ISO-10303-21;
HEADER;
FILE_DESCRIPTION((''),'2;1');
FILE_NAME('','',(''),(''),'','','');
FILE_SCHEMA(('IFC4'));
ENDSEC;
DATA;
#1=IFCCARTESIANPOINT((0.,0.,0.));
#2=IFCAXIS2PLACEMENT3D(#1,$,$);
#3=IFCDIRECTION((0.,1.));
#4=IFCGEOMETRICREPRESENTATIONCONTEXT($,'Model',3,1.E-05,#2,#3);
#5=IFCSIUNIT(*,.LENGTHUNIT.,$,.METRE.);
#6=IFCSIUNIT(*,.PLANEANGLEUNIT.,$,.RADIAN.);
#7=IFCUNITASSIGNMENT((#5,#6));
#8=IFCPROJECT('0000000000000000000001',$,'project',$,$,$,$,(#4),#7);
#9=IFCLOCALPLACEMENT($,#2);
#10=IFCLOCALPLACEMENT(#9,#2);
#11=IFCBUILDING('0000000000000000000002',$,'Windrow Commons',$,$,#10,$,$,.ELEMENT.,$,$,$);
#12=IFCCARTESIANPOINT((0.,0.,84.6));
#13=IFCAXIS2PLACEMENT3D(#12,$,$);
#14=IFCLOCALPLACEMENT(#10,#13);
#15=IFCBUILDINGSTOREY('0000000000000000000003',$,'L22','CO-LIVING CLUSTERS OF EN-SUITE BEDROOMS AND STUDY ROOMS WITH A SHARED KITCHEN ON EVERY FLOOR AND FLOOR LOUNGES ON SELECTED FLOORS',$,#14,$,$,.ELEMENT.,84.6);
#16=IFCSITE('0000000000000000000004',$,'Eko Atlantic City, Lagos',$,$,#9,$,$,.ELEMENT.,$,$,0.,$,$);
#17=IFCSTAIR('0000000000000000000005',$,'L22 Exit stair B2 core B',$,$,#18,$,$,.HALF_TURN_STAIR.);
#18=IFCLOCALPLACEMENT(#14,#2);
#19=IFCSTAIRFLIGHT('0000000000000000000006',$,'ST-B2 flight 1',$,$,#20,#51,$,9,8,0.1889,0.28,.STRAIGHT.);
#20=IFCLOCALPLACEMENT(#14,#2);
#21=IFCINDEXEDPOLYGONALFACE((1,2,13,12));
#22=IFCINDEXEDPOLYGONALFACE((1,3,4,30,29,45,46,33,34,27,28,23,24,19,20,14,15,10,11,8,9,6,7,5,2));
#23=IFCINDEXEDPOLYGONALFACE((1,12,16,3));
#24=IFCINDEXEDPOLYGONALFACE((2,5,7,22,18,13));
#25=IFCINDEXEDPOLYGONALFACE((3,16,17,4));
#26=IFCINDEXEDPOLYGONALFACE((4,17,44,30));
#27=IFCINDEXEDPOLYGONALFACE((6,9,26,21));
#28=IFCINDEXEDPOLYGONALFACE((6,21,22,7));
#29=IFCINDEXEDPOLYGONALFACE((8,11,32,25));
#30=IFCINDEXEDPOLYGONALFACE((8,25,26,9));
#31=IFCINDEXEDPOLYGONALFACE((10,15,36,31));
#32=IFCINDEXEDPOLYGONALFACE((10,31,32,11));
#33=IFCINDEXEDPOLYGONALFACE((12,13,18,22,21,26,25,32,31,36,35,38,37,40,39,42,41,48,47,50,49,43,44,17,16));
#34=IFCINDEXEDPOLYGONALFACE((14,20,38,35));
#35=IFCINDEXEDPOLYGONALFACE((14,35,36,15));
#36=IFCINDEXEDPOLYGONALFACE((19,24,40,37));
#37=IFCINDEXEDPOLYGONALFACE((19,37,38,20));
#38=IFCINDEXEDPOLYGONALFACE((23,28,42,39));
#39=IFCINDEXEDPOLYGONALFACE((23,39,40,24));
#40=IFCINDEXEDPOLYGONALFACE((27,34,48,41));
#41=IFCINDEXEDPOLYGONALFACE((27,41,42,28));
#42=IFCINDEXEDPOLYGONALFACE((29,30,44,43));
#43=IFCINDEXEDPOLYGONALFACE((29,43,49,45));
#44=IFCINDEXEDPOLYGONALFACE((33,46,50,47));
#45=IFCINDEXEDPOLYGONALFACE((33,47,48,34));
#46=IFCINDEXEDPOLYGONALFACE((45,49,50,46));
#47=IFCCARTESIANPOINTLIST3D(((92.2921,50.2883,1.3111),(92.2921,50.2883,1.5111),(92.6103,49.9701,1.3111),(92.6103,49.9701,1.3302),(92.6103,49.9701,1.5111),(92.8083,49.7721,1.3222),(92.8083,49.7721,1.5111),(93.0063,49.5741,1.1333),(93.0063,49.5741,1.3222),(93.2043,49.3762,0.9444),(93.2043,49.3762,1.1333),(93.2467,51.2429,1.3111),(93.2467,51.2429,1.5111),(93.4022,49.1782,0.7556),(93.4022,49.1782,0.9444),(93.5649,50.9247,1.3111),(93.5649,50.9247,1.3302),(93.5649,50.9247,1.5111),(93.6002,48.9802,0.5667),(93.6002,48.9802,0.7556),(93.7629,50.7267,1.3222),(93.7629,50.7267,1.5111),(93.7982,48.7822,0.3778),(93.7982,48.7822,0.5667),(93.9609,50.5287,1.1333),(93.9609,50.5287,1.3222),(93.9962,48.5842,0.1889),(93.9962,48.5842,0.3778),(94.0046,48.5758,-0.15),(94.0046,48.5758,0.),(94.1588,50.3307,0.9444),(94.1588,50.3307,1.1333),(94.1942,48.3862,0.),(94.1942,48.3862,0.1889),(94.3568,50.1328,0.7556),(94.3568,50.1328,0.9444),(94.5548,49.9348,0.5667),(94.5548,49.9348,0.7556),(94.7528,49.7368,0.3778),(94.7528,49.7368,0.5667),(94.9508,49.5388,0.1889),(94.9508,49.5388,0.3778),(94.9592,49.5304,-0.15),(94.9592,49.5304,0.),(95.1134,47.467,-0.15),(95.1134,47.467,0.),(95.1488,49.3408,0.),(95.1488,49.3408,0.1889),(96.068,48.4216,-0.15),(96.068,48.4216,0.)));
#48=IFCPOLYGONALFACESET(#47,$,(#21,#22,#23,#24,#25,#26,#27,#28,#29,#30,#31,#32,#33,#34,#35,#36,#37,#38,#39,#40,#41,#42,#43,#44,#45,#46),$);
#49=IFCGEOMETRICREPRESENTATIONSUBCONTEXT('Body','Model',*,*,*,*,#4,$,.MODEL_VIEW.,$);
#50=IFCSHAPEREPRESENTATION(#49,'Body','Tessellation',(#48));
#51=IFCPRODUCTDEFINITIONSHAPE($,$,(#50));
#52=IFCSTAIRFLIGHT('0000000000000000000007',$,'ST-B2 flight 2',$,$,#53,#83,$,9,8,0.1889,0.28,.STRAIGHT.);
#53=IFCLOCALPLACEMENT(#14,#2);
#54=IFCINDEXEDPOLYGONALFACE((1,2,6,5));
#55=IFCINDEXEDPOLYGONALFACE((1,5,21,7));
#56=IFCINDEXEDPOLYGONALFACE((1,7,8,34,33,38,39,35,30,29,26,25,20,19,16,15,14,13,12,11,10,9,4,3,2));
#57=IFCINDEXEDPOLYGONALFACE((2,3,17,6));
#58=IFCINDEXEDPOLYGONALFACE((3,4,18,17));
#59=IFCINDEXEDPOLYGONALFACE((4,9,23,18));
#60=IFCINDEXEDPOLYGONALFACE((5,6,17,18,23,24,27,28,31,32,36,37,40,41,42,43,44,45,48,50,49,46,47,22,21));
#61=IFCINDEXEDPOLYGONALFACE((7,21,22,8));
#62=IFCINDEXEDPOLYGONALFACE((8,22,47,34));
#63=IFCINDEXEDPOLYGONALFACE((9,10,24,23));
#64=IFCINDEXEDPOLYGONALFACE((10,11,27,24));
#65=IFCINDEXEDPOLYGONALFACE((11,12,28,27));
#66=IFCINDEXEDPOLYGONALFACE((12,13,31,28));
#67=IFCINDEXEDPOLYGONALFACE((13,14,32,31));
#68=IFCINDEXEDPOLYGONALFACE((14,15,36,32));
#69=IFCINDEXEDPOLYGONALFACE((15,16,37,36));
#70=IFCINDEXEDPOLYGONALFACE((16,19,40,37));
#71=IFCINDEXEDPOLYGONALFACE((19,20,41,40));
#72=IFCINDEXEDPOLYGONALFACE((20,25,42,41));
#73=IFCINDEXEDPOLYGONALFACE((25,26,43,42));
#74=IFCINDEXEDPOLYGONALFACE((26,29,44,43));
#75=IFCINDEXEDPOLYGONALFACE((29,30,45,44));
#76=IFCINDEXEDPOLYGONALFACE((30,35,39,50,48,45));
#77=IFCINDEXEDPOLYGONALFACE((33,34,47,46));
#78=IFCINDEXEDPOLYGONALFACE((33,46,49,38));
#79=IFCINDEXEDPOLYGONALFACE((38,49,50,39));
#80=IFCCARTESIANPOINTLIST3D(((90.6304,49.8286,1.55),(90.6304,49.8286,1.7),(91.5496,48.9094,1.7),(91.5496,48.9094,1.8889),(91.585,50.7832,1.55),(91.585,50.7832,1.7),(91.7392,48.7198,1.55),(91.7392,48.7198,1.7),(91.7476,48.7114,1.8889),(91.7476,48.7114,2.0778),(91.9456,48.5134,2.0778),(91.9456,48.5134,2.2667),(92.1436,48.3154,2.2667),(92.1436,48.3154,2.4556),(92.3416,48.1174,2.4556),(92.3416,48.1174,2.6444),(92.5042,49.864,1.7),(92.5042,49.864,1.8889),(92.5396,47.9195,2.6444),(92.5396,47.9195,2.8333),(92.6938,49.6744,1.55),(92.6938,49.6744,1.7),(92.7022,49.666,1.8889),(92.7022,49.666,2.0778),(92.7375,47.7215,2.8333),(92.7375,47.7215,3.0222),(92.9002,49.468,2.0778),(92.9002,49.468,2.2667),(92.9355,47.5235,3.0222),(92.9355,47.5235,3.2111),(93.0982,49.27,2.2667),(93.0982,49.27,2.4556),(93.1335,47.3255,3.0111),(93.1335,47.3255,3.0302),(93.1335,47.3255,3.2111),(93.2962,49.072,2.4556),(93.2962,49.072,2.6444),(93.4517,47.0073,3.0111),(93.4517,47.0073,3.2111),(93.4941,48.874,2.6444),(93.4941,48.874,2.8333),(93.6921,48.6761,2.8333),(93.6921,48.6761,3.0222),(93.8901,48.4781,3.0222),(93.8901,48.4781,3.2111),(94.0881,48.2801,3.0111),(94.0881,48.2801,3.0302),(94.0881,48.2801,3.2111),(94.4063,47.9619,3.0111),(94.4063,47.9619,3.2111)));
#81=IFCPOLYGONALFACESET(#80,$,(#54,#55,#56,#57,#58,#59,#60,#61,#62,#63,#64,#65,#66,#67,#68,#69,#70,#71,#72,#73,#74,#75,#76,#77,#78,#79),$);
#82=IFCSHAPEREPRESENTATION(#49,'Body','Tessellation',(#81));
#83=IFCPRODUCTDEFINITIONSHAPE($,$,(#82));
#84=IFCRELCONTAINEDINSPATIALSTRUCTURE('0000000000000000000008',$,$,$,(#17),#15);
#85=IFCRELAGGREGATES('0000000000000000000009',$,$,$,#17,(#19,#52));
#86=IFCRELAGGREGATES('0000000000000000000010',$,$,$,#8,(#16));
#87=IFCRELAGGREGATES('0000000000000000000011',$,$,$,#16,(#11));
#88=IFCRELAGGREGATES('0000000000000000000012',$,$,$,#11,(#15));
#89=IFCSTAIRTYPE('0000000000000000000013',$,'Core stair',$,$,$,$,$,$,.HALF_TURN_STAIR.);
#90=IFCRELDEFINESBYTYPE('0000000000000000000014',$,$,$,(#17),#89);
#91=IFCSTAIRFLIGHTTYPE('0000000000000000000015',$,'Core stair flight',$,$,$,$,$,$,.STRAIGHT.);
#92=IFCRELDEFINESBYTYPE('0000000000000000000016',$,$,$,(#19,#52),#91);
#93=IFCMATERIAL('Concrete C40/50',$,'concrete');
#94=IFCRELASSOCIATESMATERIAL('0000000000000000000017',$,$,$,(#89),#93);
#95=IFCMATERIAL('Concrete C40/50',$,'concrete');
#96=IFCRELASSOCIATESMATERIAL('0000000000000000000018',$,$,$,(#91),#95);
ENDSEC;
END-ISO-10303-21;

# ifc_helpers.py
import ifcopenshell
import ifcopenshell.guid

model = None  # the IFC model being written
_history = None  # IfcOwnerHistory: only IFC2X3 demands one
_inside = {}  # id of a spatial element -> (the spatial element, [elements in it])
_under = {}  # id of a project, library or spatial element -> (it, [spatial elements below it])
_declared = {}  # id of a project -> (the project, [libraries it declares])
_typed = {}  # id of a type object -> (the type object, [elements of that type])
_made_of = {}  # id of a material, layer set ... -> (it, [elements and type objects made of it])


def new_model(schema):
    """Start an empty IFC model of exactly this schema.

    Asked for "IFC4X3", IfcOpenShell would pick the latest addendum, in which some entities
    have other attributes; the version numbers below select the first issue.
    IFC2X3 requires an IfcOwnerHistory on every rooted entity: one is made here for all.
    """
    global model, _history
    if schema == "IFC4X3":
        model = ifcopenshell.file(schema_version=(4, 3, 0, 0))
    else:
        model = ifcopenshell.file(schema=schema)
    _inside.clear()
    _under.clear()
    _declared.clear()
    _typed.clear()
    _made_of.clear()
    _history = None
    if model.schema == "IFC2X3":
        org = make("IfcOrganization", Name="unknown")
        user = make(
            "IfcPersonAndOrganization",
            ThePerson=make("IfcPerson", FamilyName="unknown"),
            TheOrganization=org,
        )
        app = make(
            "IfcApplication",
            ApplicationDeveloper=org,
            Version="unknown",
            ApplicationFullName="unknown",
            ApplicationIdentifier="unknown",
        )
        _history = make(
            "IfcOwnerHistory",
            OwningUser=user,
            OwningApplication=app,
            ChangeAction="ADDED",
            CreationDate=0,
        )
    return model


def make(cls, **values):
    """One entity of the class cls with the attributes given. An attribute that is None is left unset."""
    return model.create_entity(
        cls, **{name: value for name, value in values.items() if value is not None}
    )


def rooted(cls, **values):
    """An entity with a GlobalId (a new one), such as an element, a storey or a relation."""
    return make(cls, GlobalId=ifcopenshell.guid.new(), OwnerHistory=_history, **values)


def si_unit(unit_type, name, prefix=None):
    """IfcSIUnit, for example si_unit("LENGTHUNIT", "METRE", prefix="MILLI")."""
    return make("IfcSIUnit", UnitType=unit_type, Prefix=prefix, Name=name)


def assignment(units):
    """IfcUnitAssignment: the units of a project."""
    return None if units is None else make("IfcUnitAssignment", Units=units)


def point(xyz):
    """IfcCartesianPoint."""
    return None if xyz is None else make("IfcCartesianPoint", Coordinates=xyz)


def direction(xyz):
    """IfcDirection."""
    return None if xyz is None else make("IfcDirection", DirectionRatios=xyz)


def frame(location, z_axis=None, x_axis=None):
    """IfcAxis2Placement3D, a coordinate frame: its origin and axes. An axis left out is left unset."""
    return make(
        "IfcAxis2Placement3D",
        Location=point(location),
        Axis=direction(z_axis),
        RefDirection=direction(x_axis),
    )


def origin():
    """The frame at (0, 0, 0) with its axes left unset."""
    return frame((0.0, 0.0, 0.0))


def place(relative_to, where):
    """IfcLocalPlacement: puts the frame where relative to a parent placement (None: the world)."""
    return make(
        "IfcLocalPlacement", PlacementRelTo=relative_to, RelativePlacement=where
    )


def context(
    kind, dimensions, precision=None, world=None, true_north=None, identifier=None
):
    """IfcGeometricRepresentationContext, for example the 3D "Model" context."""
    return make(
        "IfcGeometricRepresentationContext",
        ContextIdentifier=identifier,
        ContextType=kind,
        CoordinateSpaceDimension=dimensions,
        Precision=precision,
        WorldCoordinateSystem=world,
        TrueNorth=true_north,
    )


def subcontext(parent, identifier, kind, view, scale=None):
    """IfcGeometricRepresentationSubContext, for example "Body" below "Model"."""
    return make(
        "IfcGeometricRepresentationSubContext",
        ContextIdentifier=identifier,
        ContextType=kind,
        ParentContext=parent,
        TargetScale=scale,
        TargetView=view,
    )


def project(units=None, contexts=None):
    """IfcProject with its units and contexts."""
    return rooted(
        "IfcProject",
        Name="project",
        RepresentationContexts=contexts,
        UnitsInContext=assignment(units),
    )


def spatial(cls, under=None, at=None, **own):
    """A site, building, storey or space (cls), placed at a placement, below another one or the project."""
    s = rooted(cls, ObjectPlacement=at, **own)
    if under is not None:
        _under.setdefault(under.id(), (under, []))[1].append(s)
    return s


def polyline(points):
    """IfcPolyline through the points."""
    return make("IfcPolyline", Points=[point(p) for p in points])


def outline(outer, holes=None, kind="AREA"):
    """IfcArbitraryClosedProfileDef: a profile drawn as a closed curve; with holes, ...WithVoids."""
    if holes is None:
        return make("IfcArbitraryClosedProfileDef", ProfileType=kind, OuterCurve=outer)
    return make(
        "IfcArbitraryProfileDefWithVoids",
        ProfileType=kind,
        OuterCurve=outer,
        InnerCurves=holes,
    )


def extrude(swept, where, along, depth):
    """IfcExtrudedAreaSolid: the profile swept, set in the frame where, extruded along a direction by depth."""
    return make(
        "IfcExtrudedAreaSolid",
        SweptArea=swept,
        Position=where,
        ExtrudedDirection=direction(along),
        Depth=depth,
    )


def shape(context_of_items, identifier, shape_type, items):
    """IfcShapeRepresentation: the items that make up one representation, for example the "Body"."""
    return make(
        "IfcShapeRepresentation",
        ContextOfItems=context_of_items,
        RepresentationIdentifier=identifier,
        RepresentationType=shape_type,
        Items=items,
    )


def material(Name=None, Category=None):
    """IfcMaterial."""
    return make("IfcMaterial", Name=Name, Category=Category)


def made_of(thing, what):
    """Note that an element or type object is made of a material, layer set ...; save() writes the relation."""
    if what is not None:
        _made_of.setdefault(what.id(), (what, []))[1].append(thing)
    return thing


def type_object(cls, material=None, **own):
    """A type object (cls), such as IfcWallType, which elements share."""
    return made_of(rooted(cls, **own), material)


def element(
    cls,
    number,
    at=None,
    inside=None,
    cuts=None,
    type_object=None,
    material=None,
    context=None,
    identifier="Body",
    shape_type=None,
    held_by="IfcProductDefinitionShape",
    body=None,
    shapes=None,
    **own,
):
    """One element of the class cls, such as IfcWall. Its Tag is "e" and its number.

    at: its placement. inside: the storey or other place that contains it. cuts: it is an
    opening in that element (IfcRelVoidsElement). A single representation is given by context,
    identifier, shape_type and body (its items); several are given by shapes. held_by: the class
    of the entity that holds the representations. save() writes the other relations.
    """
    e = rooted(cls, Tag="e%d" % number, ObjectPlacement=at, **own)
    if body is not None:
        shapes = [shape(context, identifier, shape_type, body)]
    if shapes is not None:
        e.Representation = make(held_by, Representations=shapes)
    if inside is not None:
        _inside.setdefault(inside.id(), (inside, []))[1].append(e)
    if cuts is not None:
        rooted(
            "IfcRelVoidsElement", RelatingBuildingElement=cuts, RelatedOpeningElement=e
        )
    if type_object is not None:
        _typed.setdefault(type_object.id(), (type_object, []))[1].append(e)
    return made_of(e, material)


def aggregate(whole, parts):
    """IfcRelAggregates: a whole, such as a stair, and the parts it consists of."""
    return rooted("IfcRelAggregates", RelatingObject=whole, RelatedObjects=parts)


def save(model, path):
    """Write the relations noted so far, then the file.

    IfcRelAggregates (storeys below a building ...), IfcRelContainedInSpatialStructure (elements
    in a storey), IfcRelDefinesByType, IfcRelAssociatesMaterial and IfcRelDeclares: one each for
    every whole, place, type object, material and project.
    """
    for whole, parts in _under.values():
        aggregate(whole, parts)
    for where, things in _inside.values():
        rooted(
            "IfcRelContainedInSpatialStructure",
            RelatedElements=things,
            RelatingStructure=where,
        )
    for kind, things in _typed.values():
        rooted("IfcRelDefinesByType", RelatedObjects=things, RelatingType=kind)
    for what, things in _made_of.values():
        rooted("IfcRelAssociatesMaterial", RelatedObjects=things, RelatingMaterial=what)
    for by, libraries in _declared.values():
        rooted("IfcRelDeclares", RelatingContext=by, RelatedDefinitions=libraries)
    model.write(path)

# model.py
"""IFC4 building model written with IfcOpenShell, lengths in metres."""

from ifc_helpers import new_model, si_unit, direction, frame, origin, place, context, subcontext, project, spatial, polyline, outline, extrude, material, type_object, element, aggregate, save


model = new_model("IFC4")

# Units and contexts
model_context = context("Model", 3, precision=1e-05, world=origin(), true_north=direction((0.0, 1.0)))
body_context = subcontext(model_context, "Body", "Model", "MODEL_VIEW")
ifc_project = project(units=[si_unit("LENGTHUNIT", "METRE"), si_unit("PLANEANGLEUNIT", "RADIAN")], contexts=[model_context])

# Site, building, storey
site_placement = place(None, origin())
site = spatial("IfcSite", under=ifc_project, at=site_placement, Name="Eko Atlantic City, Lagos", CompositionType="ELEMENT", RefElevation=0.0)
building_placement = place(site_placement, origin())
building = spatial("IfcBuilding", under=site, at=building_placement, Name="Windrow Commons", CompositionType="ELEMENT")
storey_placement = place(building_placement, frame((0.0, 0.0, 84.6)))
storey = spatial("IfcBuildingStorey", under=building, at=storey_placement, Name="L22", Description="CO-LIVING CLUSTERS OF EN-SUITE BEDROOMS AND STUDY ROOMS WITH A SHARED KITCHEN ON EVERY FLOOR AND FLOOR LOUNGES ON SELECTED FLOORS", CompositionType="ELEMENT", Elevation=84.6)

# Stair, stair flights
ifc_material_1 = material(Name="Concrete C40/50", Category="concrete")
stair_type = type_object("IfcStairType", Name="Core stair", PredefinedType="HALF_TURN_STAIR", material=ifc_material_1)
stair_placement = place(storey_placement, origin())
stair = element("IfcStair", 1, at=stair_placement, inside=storey, type_object=stair_type, Name="L22 Exit stair B2 core B", PredefinedType="HALF_TURN_STAIR")
ifc_material_2 = material(Name="Concrete C40/50", Category="concrete")
stair_flight_type = type_object("IfcStairFlightType", Name="Core stair flight", PredefinedType="STRAIGHT", material=ifc_material_2)
stair_flight_1_placement = place(storey_placement, frame((94.6715, 48.8635, 0.0), z_axis=(0.0, 0.0, 1.0), x_axis=(-0.707107, 0.707107, 0.0)))
stair_flight_1 = element("IfcStairFlight", 2, at=stair_flight_1_placement, type_object=stair_flight_type, Name="ST-B2 flight 1", NumberOfRisers=9, NumberOfTreads=8, PredefinedType="STRAIGHT", RiserHeight=0.1889, TreadLength=0.28, context=body_context, shape_type="SweptSolid", body=[
    extrude(outline(polyline([(-1.3, -0.15), (-1.3, 0.0), (0.0, 0.0), (0.0, 0.1889), (0.28, 0.1889), (0.28, 0.3778), (0.56, 0.3778), (0.56, 0.5667), (0.84, 0.5667), (0.84, 0.7556), (1.12, 0.7556), (1.12, 0.9444), (1.4, 0.9444), (1.4, 1.1333), (1.68, 1.1333), (1.68, 1.3222), (1.96, 1.3222), (1.96, 1.5111), (2.24, 1.5111), (2.69, 1.5111), (2.69, 1.3111), (2.24, 1.3111), (2.24, 1.3302), (0.2682, 0.0), (0.2682, -0.15), (-1.3, -0.15)])), frame((0.0, 0.675, 0.0), z_axis=(0.0, -1.0, 0.0), x_axis=(1.0, 0.0, 0.0)), (0.0, 0.0, 1.0), 1.35),
])
stair_flight_2_placement = place(storey_placement, frame((92.0269, 49.3867, 1.7), z_axis=(0.0, 0.0, 1.0), x_axis=(0.707107, -0.707107, 0.0)))
stair_flight_2 = element("IfcStairFlight", 3, at=stair_flight_2_placement, type_object=stair_flight_type, Name="ST-B2 flight 2", NumberOfRisers=9, NumberOfTreads=8, PredefinedType="STRAIGHT", RiserHeight=0.1889, TreadLength=0.28, context=body_context, shape_type="SweptSolid", body=[
    extrude(outline(polyline([(-1.3, -0.15), (-1.3, 0.0), (0.0, 0.0), (0.0, 0.1889), (0.28, 0.1889), (0.28, 0.3778), (0.56, 0.3778), (0.56, 0.5667), (0.84, 0.5667), (0.84, 0.7556), (1.12, 0.7556), (1.12, 0.9444), (1.4, 0.9444), (1.4, 1.1333), (1.68, 1.1333), (1.68, 1.3222), (1.96, 1.3222), (1.96, 1.5111), (2.24, 1.5111), (2.69, 1.5111), (2.69, 1.3111), (2.24, 1.3111), (2.24, 1.3302), (0.2682, 0.0), (0.2682, -0.15), (-1.3, -0.15)])), frame((0.0, 0.675, 0.0), z_axis=(0.0, -1.0, 0.0), x_axis=(1.0, 0.0, 0.0)), (0.0, 0.0, 1.0), 1.35),
])
aggregate(stair, [stair_flight_1, stair_flight_2])

save(model, "model.ifc")
